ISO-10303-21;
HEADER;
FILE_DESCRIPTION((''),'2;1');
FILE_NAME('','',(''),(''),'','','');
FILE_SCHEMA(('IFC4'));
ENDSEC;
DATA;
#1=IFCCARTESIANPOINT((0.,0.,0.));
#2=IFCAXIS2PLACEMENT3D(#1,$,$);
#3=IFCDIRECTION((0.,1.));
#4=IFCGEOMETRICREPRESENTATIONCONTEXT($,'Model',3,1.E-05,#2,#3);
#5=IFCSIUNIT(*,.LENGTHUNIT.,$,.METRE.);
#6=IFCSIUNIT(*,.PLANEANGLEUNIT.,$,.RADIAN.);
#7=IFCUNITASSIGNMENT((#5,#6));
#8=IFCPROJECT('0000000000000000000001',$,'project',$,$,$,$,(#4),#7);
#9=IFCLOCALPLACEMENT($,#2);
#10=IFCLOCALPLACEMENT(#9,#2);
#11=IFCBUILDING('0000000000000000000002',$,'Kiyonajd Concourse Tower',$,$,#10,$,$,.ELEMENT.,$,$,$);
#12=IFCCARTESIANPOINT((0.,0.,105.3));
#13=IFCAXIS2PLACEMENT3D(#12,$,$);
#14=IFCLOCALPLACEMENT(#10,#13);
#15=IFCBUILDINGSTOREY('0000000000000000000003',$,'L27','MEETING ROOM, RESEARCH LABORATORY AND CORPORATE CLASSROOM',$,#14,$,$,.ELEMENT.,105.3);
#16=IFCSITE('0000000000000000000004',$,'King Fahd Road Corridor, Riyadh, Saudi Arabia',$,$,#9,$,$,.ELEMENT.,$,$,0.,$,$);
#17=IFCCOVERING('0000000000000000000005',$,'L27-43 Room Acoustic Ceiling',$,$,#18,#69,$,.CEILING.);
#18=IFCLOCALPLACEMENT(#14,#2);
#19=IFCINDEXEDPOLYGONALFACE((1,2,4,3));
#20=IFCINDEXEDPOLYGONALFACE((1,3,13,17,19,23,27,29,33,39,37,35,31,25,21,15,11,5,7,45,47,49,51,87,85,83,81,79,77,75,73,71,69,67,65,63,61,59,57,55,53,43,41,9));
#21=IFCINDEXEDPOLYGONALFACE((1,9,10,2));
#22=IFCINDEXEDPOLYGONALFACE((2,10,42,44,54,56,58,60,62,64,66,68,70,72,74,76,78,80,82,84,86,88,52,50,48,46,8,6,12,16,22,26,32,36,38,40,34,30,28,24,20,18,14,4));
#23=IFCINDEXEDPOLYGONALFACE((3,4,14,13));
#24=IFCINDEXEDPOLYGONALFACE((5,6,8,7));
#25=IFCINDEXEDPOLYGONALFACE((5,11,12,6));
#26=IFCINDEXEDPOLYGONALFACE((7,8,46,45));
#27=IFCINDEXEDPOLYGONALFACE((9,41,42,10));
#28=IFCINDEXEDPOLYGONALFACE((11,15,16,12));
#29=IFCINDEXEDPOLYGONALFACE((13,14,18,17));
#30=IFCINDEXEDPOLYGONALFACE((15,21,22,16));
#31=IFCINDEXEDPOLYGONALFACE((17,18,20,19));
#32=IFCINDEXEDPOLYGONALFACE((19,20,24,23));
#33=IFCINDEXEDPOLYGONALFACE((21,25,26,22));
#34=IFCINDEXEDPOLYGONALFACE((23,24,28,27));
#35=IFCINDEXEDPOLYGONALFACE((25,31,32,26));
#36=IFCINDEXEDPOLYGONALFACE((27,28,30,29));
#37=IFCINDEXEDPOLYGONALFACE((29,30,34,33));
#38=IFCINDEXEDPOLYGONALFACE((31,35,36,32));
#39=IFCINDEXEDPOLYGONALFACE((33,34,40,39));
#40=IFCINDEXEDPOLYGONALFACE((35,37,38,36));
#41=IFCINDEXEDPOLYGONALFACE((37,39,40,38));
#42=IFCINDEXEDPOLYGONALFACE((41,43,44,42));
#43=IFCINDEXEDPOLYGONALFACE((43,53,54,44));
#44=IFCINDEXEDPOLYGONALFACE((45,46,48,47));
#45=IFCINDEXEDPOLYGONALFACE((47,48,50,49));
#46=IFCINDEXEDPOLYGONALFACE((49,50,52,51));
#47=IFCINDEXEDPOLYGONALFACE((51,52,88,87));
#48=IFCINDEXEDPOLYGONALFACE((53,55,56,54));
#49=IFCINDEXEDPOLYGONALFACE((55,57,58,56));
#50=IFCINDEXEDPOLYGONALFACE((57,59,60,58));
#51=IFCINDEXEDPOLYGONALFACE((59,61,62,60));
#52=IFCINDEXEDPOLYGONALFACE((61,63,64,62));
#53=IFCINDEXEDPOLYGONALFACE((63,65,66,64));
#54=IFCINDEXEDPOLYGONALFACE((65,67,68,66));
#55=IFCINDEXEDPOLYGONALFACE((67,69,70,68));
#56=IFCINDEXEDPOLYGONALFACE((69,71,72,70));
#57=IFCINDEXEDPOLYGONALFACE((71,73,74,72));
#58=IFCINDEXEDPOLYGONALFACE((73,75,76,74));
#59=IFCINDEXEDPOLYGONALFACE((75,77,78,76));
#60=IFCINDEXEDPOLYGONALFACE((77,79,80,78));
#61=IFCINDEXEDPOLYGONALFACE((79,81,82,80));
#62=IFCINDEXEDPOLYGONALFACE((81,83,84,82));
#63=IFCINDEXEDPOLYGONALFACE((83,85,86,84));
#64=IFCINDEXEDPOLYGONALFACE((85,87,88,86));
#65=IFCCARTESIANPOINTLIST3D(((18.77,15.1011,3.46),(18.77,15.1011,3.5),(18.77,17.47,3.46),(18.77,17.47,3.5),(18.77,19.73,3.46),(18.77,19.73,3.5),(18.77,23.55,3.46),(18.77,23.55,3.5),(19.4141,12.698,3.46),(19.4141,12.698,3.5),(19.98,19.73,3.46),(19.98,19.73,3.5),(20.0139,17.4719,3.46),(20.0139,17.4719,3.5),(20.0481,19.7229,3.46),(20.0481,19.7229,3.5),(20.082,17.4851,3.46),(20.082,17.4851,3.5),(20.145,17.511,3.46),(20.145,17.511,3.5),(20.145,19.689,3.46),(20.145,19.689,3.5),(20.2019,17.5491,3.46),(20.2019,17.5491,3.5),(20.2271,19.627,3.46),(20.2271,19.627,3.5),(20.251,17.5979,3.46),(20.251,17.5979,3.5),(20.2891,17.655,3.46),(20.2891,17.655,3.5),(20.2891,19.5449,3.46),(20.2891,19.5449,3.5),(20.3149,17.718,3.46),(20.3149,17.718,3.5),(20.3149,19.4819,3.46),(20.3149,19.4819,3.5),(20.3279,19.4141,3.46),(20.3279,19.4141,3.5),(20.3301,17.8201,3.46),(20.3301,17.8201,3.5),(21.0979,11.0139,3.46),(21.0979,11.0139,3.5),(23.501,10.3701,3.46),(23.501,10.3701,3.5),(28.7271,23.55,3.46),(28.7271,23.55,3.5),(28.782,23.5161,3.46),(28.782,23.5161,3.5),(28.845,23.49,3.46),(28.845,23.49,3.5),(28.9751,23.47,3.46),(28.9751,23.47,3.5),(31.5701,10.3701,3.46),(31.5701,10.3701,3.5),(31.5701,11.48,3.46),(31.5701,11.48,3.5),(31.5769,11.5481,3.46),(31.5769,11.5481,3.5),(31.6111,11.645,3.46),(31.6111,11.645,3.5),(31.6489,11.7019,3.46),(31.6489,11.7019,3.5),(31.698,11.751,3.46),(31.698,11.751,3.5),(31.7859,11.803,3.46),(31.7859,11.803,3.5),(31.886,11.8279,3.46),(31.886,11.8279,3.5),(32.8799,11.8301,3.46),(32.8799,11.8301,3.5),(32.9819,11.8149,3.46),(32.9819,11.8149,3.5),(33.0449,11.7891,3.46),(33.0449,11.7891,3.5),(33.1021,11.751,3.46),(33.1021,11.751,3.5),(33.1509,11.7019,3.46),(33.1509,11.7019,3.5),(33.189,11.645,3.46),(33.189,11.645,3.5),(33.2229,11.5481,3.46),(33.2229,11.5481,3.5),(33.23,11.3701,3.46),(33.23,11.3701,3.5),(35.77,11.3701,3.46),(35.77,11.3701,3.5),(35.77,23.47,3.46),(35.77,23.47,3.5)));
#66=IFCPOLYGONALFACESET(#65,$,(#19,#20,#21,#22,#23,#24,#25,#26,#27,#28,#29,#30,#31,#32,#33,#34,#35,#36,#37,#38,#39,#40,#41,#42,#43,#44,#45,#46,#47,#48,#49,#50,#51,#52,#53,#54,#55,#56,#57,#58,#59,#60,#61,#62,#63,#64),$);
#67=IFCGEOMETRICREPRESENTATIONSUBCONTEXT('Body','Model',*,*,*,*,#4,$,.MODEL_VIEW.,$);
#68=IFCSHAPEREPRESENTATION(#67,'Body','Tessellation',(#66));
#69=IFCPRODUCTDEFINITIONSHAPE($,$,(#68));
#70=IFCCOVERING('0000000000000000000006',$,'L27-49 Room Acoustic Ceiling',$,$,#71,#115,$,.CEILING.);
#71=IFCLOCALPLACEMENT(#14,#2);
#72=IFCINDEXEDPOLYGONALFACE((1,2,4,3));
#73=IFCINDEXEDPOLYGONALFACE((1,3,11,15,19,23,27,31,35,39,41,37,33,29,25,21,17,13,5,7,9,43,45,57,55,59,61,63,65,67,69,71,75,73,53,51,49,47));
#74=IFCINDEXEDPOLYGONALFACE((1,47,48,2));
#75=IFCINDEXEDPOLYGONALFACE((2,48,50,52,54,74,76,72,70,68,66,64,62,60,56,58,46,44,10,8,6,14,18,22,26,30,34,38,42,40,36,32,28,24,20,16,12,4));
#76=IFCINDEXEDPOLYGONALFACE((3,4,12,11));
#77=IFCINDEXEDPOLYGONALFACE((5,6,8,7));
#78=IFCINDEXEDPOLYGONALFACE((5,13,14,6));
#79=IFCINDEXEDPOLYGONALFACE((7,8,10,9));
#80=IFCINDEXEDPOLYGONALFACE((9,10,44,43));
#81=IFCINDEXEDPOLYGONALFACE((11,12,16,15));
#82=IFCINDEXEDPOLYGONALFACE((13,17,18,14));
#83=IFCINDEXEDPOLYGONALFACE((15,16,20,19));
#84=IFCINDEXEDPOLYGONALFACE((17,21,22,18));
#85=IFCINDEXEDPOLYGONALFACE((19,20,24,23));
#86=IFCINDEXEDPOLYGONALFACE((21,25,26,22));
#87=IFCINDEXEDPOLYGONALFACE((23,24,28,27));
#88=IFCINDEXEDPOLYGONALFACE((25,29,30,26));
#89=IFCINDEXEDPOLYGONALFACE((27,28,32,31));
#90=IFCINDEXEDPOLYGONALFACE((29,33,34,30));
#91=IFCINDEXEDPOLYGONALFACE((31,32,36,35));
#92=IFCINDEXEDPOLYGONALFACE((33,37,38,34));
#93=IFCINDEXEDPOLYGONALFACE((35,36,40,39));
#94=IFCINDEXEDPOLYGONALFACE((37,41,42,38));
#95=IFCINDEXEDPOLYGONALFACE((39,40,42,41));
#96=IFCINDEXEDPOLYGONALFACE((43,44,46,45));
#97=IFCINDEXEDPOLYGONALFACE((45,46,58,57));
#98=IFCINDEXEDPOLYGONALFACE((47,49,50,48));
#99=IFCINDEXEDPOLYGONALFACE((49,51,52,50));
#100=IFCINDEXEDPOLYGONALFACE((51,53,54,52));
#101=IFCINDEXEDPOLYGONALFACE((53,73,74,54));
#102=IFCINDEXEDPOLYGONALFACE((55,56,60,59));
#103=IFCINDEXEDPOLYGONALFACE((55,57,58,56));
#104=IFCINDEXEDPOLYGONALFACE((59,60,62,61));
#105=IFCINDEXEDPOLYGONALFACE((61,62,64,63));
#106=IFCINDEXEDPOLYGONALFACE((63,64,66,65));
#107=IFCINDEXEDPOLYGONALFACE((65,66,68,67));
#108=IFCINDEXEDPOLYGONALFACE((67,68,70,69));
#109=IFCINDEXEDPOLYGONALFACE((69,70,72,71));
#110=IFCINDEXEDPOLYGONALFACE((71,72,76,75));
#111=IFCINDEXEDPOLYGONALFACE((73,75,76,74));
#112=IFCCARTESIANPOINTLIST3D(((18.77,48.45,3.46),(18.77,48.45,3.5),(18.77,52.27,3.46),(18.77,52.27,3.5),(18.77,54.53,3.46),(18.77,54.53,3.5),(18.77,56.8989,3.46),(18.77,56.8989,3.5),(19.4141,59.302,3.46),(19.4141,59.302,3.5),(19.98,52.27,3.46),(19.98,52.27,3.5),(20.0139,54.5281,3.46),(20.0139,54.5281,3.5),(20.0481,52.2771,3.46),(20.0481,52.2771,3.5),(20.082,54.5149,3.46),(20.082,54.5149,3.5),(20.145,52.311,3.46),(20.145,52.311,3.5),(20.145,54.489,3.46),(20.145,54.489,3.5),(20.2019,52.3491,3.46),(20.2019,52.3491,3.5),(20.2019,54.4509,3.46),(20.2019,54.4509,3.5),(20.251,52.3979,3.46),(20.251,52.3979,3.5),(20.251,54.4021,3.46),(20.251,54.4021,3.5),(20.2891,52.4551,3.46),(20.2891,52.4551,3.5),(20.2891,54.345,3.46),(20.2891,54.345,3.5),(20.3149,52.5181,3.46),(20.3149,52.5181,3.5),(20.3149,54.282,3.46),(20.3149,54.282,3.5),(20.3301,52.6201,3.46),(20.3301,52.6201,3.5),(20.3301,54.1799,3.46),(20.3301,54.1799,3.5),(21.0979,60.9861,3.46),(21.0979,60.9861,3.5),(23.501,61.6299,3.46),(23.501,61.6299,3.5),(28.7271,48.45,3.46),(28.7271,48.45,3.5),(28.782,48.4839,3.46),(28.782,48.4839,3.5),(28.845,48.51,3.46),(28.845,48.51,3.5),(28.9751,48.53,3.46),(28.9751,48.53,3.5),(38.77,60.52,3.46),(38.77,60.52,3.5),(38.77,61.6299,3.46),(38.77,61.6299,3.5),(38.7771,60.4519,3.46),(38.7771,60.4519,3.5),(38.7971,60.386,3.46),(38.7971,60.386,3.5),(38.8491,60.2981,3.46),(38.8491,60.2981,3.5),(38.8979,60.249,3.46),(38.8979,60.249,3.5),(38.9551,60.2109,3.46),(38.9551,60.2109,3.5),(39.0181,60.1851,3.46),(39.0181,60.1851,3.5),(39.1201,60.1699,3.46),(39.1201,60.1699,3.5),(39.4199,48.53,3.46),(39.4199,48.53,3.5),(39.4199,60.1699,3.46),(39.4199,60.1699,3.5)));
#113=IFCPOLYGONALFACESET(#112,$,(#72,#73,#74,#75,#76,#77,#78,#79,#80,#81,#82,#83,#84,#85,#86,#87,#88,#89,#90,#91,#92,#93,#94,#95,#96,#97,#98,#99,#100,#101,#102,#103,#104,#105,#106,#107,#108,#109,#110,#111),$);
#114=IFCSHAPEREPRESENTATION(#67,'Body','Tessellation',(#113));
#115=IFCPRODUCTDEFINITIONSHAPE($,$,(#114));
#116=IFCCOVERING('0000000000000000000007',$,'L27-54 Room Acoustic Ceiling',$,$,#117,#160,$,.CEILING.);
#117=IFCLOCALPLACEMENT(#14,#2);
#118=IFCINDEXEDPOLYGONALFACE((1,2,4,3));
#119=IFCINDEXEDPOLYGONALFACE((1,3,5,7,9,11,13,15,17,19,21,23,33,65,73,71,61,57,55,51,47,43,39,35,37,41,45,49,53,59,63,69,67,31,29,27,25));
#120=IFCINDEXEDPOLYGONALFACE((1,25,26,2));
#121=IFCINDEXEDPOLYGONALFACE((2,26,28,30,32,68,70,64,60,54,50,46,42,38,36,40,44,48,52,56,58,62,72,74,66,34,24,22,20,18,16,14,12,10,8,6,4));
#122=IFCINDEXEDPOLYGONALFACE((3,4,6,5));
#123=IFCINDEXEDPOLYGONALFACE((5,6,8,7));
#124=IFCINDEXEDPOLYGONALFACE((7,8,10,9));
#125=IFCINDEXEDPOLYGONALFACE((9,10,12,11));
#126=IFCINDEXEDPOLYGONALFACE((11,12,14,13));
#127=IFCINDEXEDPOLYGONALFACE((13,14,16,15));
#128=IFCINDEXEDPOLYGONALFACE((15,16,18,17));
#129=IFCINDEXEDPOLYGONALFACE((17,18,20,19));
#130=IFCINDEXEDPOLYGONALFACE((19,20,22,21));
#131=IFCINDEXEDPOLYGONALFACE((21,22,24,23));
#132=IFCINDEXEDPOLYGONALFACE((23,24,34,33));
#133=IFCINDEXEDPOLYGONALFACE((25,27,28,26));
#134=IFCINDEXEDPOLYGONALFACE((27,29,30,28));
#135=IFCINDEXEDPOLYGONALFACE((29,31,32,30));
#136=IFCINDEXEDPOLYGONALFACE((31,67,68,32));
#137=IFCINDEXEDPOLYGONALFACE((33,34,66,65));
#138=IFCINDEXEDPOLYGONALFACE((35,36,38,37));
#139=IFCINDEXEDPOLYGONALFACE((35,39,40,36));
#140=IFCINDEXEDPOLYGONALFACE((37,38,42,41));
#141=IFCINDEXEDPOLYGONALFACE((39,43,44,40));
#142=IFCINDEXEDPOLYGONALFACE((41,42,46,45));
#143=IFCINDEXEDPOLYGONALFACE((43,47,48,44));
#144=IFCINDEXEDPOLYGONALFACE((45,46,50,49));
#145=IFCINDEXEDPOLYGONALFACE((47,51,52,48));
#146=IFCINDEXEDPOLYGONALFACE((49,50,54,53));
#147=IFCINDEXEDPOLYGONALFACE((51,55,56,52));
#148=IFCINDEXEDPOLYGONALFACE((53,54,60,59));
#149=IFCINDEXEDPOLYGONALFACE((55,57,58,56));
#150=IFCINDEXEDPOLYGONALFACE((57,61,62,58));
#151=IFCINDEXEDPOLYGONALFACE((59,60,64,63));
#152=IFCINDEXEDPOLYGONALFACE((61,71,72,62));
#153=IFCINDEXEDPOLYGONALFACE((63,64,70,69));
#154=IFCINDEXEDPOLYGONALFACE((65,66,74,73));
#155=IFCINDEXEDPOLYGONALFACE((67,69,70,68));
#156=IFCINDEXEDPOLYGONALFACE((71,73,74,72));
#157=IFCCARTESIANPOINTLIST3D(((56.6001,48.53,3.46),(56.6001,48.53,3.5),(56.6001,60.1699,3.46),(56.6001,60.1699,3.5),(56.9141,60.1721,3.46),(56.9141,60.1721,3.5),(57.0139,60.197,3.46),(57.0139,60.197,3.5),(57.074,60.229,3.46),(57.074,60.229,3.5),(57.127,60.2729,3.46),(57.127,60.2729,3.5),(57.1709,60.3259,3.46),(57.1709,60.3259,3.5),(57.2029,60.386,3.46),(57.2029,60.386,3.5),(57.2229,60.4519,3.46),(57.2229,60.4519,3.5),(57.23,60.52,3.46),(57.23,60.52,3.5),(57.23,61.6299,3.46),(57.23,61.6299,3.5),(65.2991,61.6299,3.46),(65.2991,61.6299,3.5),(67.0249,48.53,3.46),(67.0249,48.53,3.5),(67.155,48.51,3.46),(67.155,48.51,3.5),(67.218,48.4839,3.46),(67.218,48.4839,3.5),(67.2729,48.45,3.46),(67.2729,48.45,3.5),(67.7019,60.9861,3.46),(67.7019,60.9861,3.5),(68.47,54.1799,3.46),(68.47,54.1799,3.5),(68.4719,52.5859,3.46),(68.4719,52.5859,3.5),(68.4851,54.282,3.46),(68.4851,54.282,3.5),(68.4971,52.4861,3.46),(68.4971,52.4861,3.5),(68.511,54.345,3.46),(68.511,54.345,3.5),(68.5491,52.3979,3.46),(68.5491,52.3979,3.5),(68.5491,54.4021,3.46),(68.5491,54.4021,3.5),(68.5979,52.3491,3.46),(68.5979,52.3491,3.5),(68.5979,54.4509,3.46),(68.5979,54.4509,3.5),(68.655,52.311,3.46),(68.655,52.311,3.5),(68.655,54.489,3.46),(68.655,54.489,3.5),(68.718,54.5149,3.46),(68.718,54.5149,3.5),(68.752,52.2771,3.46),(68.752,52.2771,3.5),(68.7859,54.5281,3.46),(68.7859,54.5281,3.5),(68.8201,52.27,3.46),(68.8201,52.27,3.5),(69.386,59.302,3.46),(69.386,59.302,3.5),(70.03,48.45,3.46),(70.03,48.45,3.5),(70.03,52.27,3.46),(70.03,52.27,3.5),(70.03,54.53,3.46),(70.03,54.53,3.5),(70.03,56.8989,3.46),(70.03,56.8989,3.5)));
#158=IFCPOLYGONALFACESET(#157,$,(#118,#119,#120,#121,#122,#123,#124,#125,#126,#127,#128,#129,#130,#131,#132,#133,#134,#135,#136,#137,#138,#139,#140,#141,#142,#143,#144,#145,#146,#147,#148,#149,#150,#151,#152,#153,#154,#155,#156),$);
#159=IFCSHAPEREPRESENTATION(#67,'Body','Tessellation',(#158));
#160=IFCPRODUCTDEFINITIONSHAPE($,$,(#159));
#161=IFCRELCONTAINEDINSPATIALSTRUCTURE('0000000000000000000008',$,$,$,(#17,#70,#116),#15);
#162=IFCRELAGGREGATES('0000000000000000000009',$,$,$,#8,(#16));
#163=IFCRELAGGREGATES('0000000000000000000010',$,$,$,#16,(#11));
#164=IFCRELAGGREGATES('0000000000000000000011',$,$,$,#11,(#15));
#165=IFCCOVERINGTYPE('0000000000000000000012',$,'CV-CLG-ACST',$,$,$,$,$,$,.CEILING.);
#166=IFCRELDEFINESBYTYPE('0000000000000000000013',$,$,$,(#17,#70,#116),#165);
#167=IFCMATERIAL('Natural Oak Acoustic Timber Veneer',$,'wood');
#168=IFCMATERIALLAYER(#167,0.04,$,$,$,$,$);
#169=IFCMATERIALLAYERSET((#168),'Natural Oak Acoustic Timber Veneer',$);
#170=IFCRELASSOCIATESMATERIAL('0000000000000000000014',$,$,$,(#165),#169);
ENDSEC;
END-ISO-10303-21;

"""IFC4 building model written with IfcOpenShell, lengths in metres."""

from ifc_helpers import new_model, si_unit, direction, frame, origin, place, context, subcontext, project, spatial, polyline, outline, extrude, material, layer, layer_set, type_object, element, save


model = new_model("IFC4")

# Units and contexts
model_context = context("Model", 3, precision=1e-05, world=origin(), true_north=direction((0.0, 1.0)))
body_context = subcontext(model_context, "Body", "Model", "MODEL_VIEW")
ifc_project = project(units=[si_unit("LENGTHUNIT", "METRE"), si_unit("PLANEANGLEUNIT", "RADIAN")], contexts=[model_context])

# Site, building, storey
site_placement = place(None, origin())
site = spatial("IfcSite", under=ifc_project, at=site_placement, Name="King Fahd Road Corridor, Riyadh, Saudi Arabia", CompositionType="ELEMENT", RefElevation=0.0)
building_placement = place(site_placement, origin())
building = spatial("IfcBuilding", under=site, at=building_placement, Name="Kiyonajd Concourse Tower", CompositionType="ELEMENT")
storey_placement = place(building_placement, frame((0.0, 0.0, 105.3)))
storey = spatial("IfcBuildingStorey", under=building, at=storey_placement, Name="L27", Description="MEETING ROOM, RESEARCH LABORATORY AND CORPORATE CLASSROOM", CompositionType="ELEMENT", Elevation=105.3)

# Shared definitions
ifc_material_1 = material(Name="Natural Oak Acoustic Timber Veneer", Category="wood")

# Coverings
ifc_layer_1 = layer(ifc_material_1, 0.04)
ifc_layer_set_1 = layer_set([ifc_layer_1], Name="Natural Oak Acoustic Timber Veneer")
covering_type = type_object("IfcCoveringType", Name="CV-CLG-ACST", PredefinedType="CEILING", material=ifc_layer_set_1)
covering_1_placement = place(storey_placement, frame((0.0, 0.0, 3.46)))
element("IfcCovering", 1, at=covering_1_placement, inside=storey, type_object=covering_type, Name="L27-43 Room Acoustic Ceiling", PredefinedType="CEILING", context=body_context, shape_type="SweptSolid", body=[
    extrude(outline(polyline([(19.4141, 12.698), (18.77, 15.1011), (18.77, 17.47), (20.0139, 17.4719), (20.082, 17.4851), (20.145, 17.511), (20.2019, 17.5491), (20.251, 17.5979), (20.2891, 17.655), (20.3149, 17.718), (20.3301, 17.8201), (20.3279, 19.4141), (20.3149, 19.4819), (20.2891, 19.5449), (20.2271, 19.627), (20.145, 19.689), (20.0481, 19.7229), (19.98, 19.73), (18.77, 19.73), (18.77, 23.55), (28.7271, 23.55), (28.782, 23.5161), (28.845, 23.49), (28.9751, 23.47), (35.77, 23.47), (35.77, 11.3701), (33.23, 11.3701), (33.2229, 11.5481), (33.189, 11.645), (33.1509, 11.7019), (33.1021, 11.751), (33.0449, 11.7891), (32.9819, 11.8149), (32.8799, 11.8301), (31.886, 11.8279), (31.7859, 11.803), (31.698, 11.751), (31.6489, 11.7019), (31.6111, 11.645), (31.5769, 11.5481), (31.5701, 11.48), (31.5701, 10.3701), (23.501, 10.3701), (21.0979, 11.0139), (19.4141, 12.698)])), origin(), (0.0, 0.0, 1.0), 0.04),
])
covering_2_placement = place(storey_placement, frame((0.0, 0.0, 3.46)))
element("IfcCovering", 2, at=covering_2_placement, inside=storey, type_object=covering_type, Name="L27-49 Room Acoustic Ceiling", PredefinedType="CEILING", context=body_context, shape_type="SweptSolid", body=[
    extrude(outline(polyline([(21.0979, 60.9861), (23.501, 61.6299), (38.77, 61.6299), (38.77, 60.52), (38.7771, 60.4519), (38.7971, 60.386), (38.8491, 60.2981), (38.8979, 60.249), (38.9551, 60.2109), (39.0181, 60.1851), (39.1201, 60.1699), (39.4199, 60.1699), (39.4199, 48.53), (28.9751, 48.53), (28.845, 48.51), (28.782, 48.4839), (28.7271, 48.45), (18.77, 48.45), (18.77, 52.27), (19.98, 52.27), (20.0481, 52.2771), (20.145, 52.311), (20.2019, 52.3491), (20.251, 52.3979), (20.2891, 52.4551), (20.3149, 52.5181), (20.3301, 52.6201), (20.3301, 54.1799), (20.3149, 54.282), (20.2891, 54.345), (20.251, 54.4021), (20.2019, 54.4509), (20.145, 54.489), (20.082, 54.5149), (20.0139, 54.5281), (18.77, 54.53), (18.77, 56.8989), (19.4141, 59.302), (21.0979, 60.9861)])), origin(), (0.0, 0.0, 1.0), 0.04),
])
covering_3_placement = place(storey_placement, frame((0.0, 0.0, 3.46)))
element("IfcCovering", 3, at=covering_3_placement, inside=storey, type_object=covering_type, Name="L27-54 Room Acoustic Ceiling", PredefinedType="CEILING", context=body_context, shape_type="SweptSolid", body=[
    extrude(outline(polyline([(57.23, 61.6299), (65.2991, 61.6299), (67.7019, 60.9861), (69.386, 59.302), (70.03, 56.8989), (70.03, 54.53), (68.7859, 54.5281), (68.718, 54.5149), (68.655, 54.489), (68.5979, 54.4509), (68.5491, 54.4021), (68.511, 54.345), (68.4851, 54.282), (68.47, 54.1799), (68.4719, 52.5859), (68.4971, 52.4861), (68.5491, 52.3979), (68.5979, 52.3491), (68.655, 52.311), (68.752, 52.2771), (68.8201, 52.27), (70.03, 52.27), (70.03, 48.45), (67.2729, 48.45), (67.218, 48.4839), (67.155, 48.51), (67.0249, 48.53), (56.6001, 48.53), (56.6001, 60.1699), (56.9141, 60.1721), (57.0139, 60.197), (57.074, 60.229), (57.127, 60.2729), (57.1709, 60.3259), (57.2029, 60.386), (57.2229, 60.4519), (57.23, 60.52), (57.23, 61.6299)])), origin(), (0.0, 0.0, 1.0), 0.04),
])

save(model, "model.ifc")
